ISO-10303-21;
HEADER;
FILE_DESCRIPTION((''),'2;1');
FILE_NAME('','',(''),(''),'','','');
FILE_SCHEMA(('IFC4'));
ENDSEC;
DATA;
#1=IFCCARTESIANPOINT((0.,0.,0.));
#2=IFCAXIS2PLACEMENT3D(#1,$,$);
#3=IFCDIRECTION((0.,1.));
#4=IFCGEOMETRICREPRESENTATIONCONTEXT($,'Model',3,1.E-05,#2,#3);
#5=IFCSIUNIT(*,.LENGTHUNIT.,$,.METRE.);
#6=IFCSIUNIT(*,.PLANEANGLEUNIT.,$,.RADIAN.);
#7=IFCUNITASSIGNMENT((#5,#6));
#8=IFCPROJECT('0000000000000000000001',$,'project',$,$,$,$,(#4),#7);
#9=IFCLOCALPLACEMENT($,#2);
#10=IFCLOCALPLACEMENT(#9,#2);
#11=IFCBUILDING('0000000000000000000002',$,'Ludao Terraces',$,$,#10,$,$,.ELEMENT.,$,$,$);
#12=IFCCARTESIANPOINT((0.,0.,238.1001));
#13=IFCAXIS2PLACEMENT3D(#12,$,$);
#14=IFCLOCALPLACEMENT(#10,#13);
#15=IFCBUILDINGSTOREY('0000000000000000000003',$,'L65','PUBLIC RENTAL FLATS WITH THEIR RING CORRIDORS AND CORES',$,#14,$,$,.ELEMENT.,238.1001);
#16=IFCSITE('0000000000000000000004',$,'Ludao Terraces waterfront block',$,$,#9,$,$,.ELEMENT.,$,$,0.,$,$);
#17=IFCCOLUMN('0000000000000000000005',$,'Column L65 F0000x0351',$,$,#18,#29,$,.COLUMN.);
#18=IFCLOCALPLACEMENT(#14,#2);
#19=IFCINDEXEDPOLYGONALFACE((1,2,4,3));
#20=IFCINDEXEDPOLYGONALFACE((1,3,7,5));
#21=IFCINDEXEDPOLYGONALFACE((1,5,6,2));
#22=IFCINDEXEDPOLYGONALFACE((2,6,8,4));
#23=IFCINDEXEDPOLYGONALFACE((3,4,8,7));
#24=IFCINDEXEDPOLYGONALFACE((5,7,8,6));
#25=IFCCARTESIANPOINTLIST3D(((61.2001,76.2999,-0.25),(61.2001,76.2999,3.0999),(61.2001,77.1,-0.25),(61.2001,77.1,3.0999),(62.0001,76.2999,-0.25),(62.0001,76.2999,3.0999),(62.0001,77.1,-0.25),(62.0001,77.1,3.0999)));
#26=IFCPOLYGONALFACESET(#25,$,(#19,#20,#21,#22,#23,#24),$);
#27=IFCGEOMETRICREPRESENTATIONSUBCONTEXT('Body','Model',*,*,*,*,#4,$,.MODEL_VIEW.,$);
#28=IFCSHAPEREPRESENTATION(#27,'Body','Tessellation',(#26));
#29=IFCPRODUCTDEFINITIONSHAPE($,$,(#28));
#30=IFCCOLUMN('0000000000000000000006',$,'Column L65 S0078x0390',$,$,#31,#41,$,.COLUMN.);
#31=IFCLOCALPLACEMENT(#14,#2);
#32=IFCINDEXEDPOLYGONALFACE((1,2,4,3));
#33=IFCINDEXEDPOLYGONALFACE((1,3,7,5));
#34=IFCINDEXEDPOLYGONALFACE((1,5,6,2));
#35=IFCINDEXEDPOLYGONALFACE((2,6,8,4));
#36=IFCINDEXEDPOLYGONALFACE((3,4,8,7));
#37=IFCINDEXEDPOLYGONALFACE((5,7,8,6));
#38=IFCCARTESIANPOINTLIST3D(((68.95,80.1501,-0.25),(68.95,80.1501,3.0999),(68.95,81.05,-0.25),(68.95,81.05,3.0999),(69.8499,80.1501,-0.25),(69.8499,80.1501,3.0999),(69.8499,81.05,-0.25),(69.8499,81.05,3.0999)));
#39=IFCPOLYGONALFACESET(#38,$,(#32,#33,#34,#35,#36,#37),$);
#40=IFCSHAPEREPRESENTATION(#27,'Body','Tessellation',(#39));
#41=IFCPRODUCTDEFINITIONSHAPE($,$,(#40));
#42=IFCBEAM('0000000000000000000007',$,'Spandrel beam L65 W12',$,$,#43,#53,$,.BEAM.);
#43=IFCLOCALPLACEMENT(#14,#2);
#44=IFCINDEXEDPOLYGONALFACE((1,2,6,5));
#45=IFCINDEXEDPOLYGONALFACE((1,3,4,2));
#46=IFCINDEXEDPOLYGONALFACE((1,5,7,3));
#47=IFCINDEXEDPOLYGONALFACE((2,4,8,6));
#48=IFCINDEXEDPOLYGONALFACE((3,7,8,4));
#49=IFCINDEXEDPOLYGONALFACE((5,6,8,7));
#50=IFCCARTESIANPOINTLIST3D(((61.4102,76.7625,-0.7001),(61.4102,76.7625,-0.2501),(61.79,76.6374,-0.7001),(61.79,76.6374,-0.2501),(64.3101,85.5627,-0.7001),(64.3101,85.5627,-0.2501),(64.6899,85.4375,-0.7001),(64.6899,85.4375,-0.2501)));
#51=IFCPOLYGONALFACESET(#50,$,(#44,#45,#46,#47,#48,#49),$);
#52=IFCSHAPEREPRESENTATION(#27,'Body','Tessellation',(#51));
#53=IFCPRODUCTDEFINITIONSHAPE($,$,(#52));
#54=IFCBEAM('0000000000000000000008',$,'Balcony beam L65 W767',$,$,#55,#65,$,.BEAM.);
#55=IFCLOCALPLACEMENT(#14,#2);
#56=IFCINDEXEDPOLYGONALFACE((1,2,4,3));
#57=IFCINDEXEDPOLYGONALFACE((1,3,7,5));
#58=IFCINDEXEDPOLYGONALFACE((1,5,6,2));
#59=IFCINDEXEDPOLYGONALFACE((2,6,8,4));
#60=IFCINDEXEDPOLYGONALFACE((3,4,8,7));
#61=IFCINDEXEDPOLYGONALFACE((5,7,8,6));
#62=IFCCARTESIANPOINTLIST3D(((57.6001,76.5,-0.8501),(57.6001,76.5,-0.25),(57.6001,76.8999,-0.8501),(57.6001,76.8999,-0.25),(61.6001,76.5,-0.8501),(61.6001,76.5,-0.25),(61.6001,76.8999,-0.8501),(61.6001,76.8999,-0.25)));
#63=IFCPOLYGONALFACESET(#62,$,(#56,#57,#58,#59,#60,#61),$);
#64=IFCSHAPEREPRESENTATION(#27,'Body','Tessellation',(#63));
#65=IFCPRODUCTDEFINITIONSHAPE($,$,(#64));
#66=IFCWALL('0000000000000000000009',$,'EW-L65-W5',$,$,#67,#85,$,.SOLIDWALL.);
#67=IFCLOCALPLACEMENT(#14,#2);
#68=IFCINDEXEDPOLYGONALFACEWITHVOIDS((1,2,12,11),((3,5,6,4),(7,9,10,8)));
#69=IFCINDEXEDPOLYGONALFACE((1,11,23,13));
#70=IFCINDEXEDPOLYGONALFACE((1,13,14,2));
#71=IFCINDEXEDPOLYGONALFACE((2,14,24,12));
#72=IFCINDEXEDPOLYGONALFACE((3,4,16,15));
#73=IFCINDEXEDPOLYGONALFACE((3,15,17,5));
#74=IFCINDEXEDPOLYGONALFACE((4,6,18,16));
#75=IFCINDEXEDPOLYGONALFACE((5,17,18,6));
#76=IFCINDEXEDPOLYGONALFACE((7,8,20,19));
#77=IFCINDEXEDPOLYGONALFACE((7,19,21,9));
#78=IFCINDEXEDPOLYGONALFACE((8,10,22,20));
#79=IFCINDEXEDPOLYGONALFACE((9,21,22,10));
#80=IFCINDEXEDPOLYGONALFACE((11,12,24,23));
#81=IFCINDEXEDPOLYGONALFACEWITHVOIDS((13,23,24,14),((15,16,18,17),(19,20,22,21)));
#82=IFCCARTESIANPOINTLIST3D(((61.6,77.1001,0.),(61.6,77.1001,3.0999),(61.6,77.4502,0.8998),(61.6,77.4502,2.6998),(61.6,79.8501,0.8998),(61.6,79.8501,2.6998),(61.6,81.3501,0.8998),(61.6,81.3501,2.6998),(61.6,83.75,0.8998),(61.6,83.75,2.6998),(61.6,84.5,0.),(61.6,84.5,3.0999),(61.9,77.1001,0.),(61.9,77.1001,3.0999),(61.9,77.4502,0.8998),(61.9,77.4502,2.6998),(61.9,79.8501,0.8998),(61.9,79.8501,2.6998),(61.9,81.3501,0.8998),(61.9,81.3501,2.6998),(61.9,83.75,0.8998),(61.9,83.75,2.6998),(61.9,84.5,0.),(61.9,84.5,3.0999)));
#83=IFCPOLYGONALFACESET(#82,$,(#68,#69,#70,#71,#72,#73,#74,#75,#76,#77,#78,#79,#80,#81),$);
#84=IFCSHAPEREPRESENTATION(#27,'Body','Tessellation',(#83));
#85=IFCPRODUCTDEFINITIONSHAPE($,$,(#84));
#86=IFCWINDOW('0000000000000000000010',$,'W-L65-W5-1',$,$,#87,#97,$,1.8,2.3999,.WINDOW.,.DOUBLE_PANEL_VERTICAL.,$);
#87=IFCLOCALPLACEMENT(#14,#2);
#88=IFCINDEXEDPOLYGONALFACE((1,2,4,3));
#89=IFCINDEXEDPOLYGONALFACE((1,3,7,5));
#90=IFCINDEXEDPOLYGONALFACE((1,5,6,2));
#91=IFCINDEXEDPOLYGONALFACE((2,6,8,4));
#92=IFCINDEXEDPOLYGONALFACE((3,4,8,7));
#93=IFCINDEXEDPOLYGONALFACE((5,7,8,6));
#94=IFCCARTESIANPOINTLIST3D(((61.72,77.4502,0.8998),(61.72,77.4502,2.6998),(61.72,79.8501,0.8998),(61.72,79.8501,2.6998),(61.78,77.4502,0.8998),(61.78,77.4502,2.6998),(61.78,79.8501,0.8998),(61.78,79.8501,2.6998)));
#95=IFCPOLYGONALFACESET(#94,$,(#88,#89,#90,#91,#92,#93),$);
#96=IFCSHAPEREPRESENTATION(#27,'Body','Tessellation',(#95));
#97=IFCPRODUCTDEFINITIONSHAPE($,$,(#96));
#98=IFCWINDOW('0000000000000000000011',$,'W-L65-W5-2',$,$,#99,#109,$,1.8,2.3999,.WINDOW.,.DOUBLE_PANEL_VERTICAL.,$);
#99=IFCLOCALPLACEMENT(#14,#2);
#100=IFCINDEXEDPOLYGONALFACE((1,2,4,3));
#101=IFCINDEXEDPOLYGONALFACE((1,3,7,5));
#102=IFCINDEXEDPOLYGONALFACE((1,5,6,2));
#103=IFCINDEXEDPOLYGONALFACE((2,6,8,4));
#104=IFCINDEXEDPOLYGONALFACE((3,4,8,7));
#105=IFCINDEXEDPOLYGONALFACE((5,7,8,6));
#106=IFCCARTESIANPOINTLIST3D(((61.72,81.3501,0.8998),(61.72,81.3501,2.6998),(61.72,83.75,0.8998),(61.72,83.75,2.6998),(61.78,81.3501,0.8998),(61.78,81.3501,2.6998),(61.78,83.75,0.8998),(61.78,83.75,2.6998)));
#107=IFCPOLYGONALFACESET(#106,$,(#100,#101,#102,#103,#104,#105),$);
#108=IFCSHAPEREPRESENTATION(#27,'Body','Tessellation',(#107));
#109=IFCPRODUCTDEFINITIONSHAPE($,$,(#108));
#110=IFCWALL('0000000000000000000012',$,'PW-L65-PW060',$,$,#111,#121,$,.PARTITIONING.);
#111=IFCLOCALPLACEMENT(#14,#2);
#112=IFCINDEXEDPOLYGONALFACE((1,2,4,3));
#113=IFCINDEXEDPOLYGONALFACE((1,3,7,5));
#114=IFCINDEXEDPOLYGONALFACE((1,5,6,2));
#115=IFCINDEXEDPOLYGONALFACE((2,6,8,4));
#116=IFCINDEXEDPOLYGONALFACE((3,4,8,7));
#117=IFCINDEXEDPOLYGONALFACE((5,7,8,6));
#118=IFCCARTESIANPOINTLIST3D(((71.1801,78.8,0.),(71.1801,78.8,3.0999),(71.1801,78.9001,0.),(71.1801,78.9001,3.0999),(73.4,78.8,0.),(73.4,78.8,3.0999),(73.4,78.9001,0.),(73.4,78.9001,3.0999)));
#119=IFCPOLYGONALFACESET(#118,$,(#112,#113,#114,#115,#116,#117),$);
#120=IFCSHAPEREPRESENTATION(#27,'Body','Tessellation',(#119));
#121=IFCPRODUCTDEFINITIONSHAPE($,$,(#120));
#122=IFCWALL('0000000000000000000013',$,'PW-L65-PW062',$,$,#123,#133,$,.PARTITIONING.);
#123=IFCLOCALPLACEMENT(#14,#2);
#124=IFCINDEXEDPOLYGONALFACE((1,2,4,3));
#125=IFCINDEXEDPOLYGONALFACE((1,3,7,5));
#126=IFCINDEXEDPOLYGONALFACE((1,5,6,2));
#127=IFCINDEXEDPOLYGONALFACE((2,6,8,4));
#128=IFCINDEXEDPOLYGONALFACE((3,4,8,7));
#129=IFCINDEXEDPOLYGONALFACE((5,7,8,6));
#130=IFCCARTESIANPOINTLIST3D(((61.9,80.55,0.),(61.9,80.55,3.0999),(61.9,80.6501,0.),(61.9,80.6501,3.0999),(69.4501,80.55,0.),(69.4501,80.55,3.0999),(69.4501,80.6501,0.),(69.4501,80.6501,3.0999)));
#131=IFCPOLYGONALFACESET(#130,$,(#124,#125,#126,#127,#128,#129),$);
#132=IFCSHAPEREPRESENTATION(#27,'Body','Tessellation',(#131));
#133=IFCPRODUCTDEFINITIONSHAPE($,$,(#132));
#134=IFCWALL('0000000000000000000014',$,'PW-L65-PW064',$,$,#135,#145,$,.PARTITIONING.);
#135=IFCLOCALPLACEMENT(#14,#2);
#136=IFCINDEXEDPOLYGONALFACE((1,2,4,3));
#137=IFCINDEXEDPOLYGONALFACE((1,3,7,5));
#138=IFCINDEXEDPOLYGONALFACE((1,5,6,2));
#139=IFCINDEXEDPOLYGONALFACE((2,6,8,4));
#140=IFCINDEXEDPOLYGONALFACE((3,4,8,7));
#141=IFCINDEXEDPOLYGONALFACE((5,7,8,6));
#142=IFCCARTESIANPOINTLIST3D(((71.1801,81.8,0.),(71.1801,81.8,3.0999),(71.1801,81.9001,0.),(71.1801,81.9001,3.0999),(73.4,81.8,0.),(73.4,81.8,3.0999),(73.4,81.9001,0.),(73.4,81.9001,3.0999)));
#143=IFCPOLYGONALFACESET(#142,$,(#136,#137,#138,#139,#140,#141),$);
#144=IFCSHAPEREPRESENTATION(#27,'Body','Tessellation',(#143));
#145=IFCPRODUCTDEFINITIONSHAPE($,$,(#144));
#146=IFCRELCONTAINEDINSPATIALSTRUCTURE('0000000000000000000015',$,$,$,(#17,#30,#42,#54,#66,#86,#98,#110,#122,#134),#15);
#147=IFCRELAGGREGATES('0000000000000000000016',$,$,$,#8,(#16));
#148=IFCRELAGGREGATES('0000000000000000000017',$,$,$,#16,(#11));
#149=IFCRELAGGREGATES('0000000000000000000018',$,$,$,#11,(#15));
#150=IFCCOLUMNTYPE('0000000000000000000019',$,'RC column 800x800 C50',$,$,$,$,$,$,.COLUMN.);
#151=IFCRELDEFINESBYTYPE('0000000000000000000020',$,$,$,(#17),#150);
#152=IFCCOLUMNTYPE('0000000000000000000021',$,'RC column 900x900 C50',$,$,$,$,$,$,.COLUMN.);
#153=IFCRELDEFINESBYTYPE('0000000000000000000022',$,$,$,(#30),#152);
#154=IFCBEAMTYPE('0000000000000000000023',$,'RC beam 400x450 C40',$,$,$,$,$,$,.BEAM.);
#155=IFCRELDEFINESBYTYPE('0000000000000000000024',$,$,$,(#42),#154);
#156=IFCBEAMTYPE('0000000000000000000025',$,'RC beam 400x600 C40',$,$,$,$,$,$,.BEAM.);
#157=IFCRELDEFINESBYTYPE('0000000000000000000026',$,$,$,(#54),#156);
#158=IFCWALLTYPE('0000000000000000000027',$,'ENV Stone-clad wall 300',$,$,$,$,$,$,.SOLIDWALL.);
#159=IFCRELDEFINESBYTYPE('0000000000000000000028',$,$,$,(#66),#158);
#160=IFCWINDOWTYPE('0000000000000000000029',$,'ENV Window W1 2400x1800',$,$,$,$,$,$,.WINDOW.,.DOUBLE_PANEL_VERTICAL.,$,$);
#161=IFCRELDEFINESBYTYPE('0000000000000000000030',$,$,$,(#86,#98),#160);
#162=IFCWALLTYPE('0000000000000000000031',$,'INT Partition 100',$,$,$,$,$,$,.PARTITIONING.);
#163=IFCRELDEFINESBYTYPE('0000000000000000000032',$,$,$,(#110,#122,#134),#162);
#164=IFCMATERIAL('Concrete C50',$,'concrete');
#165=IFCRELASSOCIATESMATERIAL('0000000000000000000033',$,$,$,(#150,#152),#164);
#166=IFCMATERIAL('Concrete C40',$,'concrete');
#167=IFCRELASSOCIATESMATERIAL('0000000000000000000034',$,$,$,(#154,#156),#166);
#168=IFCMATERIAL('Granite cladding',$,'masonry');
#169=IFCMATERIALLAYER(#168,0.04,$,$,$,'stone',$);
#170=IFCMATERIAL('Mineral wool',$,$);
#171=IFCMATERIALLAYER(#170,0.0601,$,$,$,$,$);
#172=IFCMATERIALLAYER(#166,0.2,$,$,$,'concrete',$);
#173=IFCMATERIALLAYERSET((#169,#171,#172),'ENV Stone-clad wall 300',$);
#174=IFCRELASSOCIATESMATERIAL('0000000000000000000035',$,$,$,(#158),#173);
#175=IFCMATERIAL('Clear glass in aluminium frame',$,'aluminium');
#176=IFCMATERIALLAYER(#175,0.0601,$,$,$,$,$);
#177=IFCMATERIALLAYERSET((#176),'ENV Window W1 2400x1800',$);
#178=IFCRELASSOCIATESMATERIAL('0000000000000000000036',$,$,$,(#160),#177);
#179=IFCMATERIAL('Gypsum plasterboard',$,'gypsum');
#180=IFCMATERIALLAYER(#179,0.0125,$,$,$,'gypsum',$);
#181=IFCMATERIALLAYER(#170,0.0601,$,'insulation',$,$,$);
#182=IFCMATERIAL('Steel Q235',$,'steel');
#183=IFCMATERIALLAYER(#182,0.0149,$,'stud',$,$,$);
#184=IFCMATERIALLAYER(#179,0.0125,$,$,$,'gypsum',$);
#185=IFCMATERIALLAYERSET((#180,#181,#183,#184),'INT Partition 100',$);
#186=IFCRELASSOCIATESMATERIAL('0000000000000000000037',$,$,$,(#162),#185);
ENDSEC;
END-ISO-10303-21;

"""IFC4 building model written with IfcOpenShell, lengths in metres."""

from ifc_helpers import new_model, si_unit, direction, frame, frame_2d, origin, origin_2d, place, context, subcontext, project, spatial, rectangle, extrude, material, layer, layer_set, material_profile, profile_set, type_object, element, fill, save


model = new_model("IFC4")

# Units and contexts
model_context = context("Model", 3, precision=1e-05, world=origin(), true_north=direction((0.0, 1.0)))
body_context = subcontext(model_context, "Body", "Model", "MODEL_VIEW")
ifc_project = project(units=[si_unit("LENGTHUNIT", "METRE"), si_unit("PLANEANGLEUNIT", "RADIAN")], contexts=[model_context])

# Site, building, storey
site_placement = place(None, origin())
site = spatial("IfcSite", under=ifc_project, at=site_placement, Name="Ludao Terraces waterfront block", CompositionType="ELEMENT", RefElevation=0.0)
building_placement = place(site_placement, origin())
building = spatial("IfcBuilding", under=site, at=building_placement, Name="Ludao Terraces", CompositionType="ELEMENT")
storey_placement = place(building_placement, frame((0.0, 0.0, 238.1001)))
storey = spatial("IfcBuildingStorey", under=building, at=storey_placement, Name="L65", Description="PUBLIC RENTAL FLATS WITH THEIR RING CORRIDORS AND CORES", CompositionType="ELEMENT", Elevation=238.1001)

# Columns
ifc_material_1 = material(Name="Concrete C50", Category="concrete")
ifc_material_profile_1 = material_profile(ifc_material_1, rectangle(XDim=0.8, YDim=0.8, at=origin_2d()), Name="800 X 800")
ifc_profile_set_1 = profile_set([ifc_material_profile_1], Name="Concrete C50")
column_type_1 = type_object("IfcColumnType", Name="RC column 800x800 C50", PredefinedType="COLUMN", material=ifc_profile_set_1)
column_1_placement = place(storey_placement, frame((61.6001, 76.7, -0.25), z_axis=(0.0, 0.0, 1.0), x_axis=(1.0, 0.0, 0.0)))
element("IfcColumn", 1, at=column_1_placement, inside=storey, type_object=column_type_1, Name="Column L65 F0000x0351", PredefinedType="COLUMN", context=body_context, shape_type="SweptSolid", body=[
    extrude(rectangle(XDim=0.8, YDim=0.8, at=origin_2d()), origin(), (0.0, 0.0, 1.0), 3.3499),
])
ifc_material_profile_2 = material_profile(ifc_material_1, rectangle(XDim=0.8999, YDim=0.8999, at=origin_2d()), Name="900 X 900")
ifc_profile_set_2 = profile_set([ifc_material_profile_2], Name="Concrete C50")
column_type_2 = type_object("IfcColumnType", Name="RC column 900x900 C50", PredefinedType="COLUMN", material=ifc_profile_set_2)
column_2_placement = place(storey_placement, frame((69.3999, 80.6001, -0.25), z_axis=(0.0, 0.0, 1.0), x_axis=(1.0, 0.0, 0.0)))
element("IfcColumn", 2, at=column_2_placement, inside=storey, type_object=column_type_2, Name="Column L65 S0078x0390", PredefinedType="COLUMN", context=body_context, shape_type="SweptSolid", body=[
    extrude(rectangle(XDim=0.8999, YDim=0.8999, at=origin_2d()), origin(), (0.0, 0.0, 1.0), 3.3499),
])

# Beams
ifc_material_2 = material(Name="Concrete C40", Category="concrete")
ifc_material_profile_3 = material_profile(ifc_material_2, rectangle(XDim=0.3999, YDim=0.45, at=origin_2d()), Name="400 X 450")
ifc_profile_set_3 = profile_set([ifc_material_profile_3], Name="Concrete C40")
beam_type_1 = type_object("IfcBeamType", Name="RC beam 400x450 C40", PredefinedType="BEAM", material=ifc_profile_set_3)
beam_1_placement = place(storey_placement, frame((61.6001, 76.7, -0.4751), z_axis=(0.312977, 0.949761, 0.0), x_axis=(-0.949761, 0.312977, 0.0)))
element("IfcBeam", 3, at=beam_1_placement, inside=storey, type_object=beam_type_1, Name="Spandrel beam L65 W12", PredefinedType="BEAM", context=body_context, shape_type="SweptSolid", body=[
    extrude(rectangle(XDim=0.3999, YDim=0.45, at=origin_2d()), origin(), (0.0, 0.0, 1.0), 9.2656),
])
ifc_material_profile_4 = material_profile(ifc_material_2, rectangle(XDim=0.3999, YDim=0.6001, at=origin_2d()), Name="400 X 600")
ifc_profile_set_4 = profile_set([ifc_material_profile_4], Name="Concrete C40")
beam_type_2 = type_object("IfcBeamType", Name="RC beam 400x600 C40", PredefinedType="BEAM", material=ifc_profile_set_4)
beam_2_placement = place(storey_placement, frame((61.6001, 76.7, -0.55), z_axis=(-1.0, 0.0, 0.0), x_axis=(0.0, -1.0, 0.0)))
element("IfcBeam", 4, at=beam_2_placement, inside=storey, type_object=beam_type_2, Name="Balcony beam L65 W767", PredefinedType="BEAM", context=body_context, shape_type="SweptSolid", body=[
    extrude(rectangle(XDim=0.3999, YDim=0.6001, at=origin_2d()), origin(), (0.0, 0.0, 1.0), 4.0),
])

# Wall, openings, windows
ifc_material_3 = material(Name="Granite cladding", Category="masonry")
ifc_layer_1 = layer(ifc_material_3, 0.04, Category="stone")
ifc_material_4 = material(Name="Mineral wool")
ifc_layer_2 = layer(ifc_material_4, 0.0601)
ifc_layer_3 = layer(ifc_material_2, 0.2, Category="concrete")
ifc_layer_set_1 = layer_set([ifc_layer_1, ifc_layer_2, ifc_layer_3], Name="ENV Stone-clad wall 300")
wall_type_1 = type_object("IfcWallType", Name="ENV Stone-clad wall 300", PredefinedType="SOLIDWALL", material=ifc_layer_set_1)
wall_1_placement = place(storey_placement, frame((61.75, 77.1001, 0.0), z_axis=(0.0, 0.0, 1.0), x_axis=(0.0, 1.0, 0.0)))
wall_1 = element("IfcWall", 5, at=wall_1_placement, inside=storey, type_object=wall_type_1, Name="EW-L65-W5", PredefinedType="SOLIDWALL", context=body_context, shape_type="SweptSolid", body=[
    extrude(rectangle(XDim=7.3999, YDim=0.3, at=frame_2d((3.7, 0.0))), origin(), (0.0, 0.0, 1.0), 3.0999),
])
opening_1_placement = place(wall_1_placement, frame((0.3501, 0.0, 0.8999)))
opening_1 = element("IfcOpeningElement", 6, at=opening_1_placement, cuts=wall_1, PredefinedType="OPENING", context=body_context, shape_type="SweptSolid", body=[
    extrude(rectangle(XDim=2.3999, YDim=1.8, at=frame_2d((1.2, 0.8999))), frame((0.0, 0.1602, 0.0), z_axis=(0.0, -1.0, 0.0), x_axis=(1.0, 0.0, 0.0)), (0.0, 0.0, 1.0), 0.3201),
])
opening_2_placement = place(wall_1_placement, frame((4.25, 0.0, 0.8999)))
opening_2 = element("IfcOpeningElement", 7, at=opening_2_placement, cuts=wall_1, PredefinedType="OPENING", context=body_context, shape_type="SweptSolid", body=[
    extrude(rectangle(XDim=2.3999, YDim=1.8, at=frame_2d((1.2, 0.8999))), frame((0.0, 0.1602, 0.0), z_axis=(0.0, -1.0, 0.0), x_axis=(1.0, 0.0, 0.0)), (0.0, 0.0, 1.0), 0.3201),
])
ifc_material_5 = material(Name="Clear glass in aluminium frame", Category="aluminium")
ifc_layer_4 = layer(ifc_material_5, 0.0601)
ifc_layer_set_2 = layer_set([ifc_layer_4], Name="ENV Window W1 2400x1800")
window_type = type_object("IfcWindowType", Name="ENV Window W1 2400x1800", PartitioningType="DOUBLE_PANEL_VERTICAL", PredefinedType="WINDOW", material=ifc_layer_set_2)
window_1_placement = place(opening_1_placement, origin())
window_1 = element("IfcWindow", 8, at=window_1_placement, inside=storey, type_object=window_type, Name="W-L65-W5-1", OverallHeight=1.8, OverallWidth=2.3999, PartitioningType="DOUBLE_PANEL_VERTICAL", PredefinedType="WINDOW", context=body_context, shape_type="SweptSolid", body=[
    extrude(rectangle(XDim=2.3999, YDim=1.8, at=frame_2d((1.2, 0.8999))), frame((0.0, 0.03, 0.0), z_axis=(0.0, -1.0, 0.0), x_axis=(1.0, 0.0, 0.0)), (0.0, 0.0, 1.0), 0.0601),
])
fill(opening_1, window_1)
window_2_placement = place(opening_2_placement, origin())
window_2 = element("IfcWindow", 9, at=window_2_placement, inside=storey, type_object=window_type, Name="W-L65-W5-2", OverallHeight=1.8, OverallWidth=2.3999, PartitioningType="DOUBLE_PANEL_VERTICAL", PredefinedType="WINDOW", context=body_context, shape_type="SweptSolid", body=[
    extrude(rectangle(XDim=2.3999, YDim=1.8, at=frame_2d((1.2, 0.8999))), frame((0.0, 0.03, 0.0), z_axis=(0.0, -1.0, 0.0), x_axis=(1.0, 0.0, 0.0)), (0.0, 0.0, 1.0), 0.0601),
])
fill(opening_2, window_2)

# Walls
ifc_material_6 = material(Name="Gypsum plasterboard", Category="gypsum")
ifc_layer_5 = layer(ifc_material_6, 0.0125, Category="gypsum")
ifc_layer_6 = layer(ifc_material_4, 0.0601, Name="insulation")
ifc_material_7 = material(Name="Steel Q235", Category="steel")
ifc_layer_7 = layer(ifc_material_7, 0.0149, Name="stud")
ifc_layer_8 = layer(ifc_material_6, 0.0125, Category="gypsum")
ifc_layer_set_3 = layer_set([ifc_layer_5, ifc_layer_6, ifc_layer_7, ifc_layer_8], Name="INT Partition 100")
wall_type_2 = type_object("IfcWallType", Name="INT Partition 100", PredefinedType="PARTITIONING", material=ifc_layer_set_3)
wall_2_placement = place(storey_placement, frame((71.1802, 78.8501, 0.0), z_axis=(0.0, 0.0, 1.0), x_axis=(1.0, 0.0, 0.0)))
element("IfcWall", 10, at=wall_2_placement, inside=storey, type_object=wall_type_2, Name="PW-L65-PW060", PredefinedType="PARTITIONING", context=body_context, shape_type="SweptSolid", body=[
    extrude(rectangle(XDim=2.22, YDim=0.1001, at=frame_2d((1.1099, 0.0))), origin(), (0.0, 0.0, 1.0), 3.0999),
])
wall_3_placement = place(storey_placement, frame((61.9001, 80.6001, 0.0), z_axis=(0.0, 0.0, 1.0), x_axis=(1.0, 0.0, 0.0)))
element("IfcWall", 11, at=wall_3_placement, inside=storey, type_object=wall_type_2, Name="PW-L65-PW062", PredefinedType="PARTITIONING", context=body_context, shape_type="SweptSolid", body=[
    extrude(rectangle(XDim=7.55, YDim=0.1001, at=frame_2d((3.7749, 0.0))), origin(), (0.0, 0.0, 1.0), 3.0999),
])
wall_4_placement = place(storey_placement, frame((71.1802, 81.8501, 0.0), z_axis=(0.0, 0.0, 1.0), x_axis=(1.0, 0.0, 0.0)))
element("IfcWall", 12, at=wall_4_placement, inside=storey, type_object=wall_type_2, Name="PW-L65-PW064", PredefinedType="PARTITIONING", context=body_context, shape_type="SweptSolid", body=[
    extrude(rectangle(XDim=2.22, YDim=0.1001, at=frame_2d((1.1099, 0.0))), origin(), (0.0, 0.0, 1.0), 3.0999),
])

save(model, "model.ifc")
